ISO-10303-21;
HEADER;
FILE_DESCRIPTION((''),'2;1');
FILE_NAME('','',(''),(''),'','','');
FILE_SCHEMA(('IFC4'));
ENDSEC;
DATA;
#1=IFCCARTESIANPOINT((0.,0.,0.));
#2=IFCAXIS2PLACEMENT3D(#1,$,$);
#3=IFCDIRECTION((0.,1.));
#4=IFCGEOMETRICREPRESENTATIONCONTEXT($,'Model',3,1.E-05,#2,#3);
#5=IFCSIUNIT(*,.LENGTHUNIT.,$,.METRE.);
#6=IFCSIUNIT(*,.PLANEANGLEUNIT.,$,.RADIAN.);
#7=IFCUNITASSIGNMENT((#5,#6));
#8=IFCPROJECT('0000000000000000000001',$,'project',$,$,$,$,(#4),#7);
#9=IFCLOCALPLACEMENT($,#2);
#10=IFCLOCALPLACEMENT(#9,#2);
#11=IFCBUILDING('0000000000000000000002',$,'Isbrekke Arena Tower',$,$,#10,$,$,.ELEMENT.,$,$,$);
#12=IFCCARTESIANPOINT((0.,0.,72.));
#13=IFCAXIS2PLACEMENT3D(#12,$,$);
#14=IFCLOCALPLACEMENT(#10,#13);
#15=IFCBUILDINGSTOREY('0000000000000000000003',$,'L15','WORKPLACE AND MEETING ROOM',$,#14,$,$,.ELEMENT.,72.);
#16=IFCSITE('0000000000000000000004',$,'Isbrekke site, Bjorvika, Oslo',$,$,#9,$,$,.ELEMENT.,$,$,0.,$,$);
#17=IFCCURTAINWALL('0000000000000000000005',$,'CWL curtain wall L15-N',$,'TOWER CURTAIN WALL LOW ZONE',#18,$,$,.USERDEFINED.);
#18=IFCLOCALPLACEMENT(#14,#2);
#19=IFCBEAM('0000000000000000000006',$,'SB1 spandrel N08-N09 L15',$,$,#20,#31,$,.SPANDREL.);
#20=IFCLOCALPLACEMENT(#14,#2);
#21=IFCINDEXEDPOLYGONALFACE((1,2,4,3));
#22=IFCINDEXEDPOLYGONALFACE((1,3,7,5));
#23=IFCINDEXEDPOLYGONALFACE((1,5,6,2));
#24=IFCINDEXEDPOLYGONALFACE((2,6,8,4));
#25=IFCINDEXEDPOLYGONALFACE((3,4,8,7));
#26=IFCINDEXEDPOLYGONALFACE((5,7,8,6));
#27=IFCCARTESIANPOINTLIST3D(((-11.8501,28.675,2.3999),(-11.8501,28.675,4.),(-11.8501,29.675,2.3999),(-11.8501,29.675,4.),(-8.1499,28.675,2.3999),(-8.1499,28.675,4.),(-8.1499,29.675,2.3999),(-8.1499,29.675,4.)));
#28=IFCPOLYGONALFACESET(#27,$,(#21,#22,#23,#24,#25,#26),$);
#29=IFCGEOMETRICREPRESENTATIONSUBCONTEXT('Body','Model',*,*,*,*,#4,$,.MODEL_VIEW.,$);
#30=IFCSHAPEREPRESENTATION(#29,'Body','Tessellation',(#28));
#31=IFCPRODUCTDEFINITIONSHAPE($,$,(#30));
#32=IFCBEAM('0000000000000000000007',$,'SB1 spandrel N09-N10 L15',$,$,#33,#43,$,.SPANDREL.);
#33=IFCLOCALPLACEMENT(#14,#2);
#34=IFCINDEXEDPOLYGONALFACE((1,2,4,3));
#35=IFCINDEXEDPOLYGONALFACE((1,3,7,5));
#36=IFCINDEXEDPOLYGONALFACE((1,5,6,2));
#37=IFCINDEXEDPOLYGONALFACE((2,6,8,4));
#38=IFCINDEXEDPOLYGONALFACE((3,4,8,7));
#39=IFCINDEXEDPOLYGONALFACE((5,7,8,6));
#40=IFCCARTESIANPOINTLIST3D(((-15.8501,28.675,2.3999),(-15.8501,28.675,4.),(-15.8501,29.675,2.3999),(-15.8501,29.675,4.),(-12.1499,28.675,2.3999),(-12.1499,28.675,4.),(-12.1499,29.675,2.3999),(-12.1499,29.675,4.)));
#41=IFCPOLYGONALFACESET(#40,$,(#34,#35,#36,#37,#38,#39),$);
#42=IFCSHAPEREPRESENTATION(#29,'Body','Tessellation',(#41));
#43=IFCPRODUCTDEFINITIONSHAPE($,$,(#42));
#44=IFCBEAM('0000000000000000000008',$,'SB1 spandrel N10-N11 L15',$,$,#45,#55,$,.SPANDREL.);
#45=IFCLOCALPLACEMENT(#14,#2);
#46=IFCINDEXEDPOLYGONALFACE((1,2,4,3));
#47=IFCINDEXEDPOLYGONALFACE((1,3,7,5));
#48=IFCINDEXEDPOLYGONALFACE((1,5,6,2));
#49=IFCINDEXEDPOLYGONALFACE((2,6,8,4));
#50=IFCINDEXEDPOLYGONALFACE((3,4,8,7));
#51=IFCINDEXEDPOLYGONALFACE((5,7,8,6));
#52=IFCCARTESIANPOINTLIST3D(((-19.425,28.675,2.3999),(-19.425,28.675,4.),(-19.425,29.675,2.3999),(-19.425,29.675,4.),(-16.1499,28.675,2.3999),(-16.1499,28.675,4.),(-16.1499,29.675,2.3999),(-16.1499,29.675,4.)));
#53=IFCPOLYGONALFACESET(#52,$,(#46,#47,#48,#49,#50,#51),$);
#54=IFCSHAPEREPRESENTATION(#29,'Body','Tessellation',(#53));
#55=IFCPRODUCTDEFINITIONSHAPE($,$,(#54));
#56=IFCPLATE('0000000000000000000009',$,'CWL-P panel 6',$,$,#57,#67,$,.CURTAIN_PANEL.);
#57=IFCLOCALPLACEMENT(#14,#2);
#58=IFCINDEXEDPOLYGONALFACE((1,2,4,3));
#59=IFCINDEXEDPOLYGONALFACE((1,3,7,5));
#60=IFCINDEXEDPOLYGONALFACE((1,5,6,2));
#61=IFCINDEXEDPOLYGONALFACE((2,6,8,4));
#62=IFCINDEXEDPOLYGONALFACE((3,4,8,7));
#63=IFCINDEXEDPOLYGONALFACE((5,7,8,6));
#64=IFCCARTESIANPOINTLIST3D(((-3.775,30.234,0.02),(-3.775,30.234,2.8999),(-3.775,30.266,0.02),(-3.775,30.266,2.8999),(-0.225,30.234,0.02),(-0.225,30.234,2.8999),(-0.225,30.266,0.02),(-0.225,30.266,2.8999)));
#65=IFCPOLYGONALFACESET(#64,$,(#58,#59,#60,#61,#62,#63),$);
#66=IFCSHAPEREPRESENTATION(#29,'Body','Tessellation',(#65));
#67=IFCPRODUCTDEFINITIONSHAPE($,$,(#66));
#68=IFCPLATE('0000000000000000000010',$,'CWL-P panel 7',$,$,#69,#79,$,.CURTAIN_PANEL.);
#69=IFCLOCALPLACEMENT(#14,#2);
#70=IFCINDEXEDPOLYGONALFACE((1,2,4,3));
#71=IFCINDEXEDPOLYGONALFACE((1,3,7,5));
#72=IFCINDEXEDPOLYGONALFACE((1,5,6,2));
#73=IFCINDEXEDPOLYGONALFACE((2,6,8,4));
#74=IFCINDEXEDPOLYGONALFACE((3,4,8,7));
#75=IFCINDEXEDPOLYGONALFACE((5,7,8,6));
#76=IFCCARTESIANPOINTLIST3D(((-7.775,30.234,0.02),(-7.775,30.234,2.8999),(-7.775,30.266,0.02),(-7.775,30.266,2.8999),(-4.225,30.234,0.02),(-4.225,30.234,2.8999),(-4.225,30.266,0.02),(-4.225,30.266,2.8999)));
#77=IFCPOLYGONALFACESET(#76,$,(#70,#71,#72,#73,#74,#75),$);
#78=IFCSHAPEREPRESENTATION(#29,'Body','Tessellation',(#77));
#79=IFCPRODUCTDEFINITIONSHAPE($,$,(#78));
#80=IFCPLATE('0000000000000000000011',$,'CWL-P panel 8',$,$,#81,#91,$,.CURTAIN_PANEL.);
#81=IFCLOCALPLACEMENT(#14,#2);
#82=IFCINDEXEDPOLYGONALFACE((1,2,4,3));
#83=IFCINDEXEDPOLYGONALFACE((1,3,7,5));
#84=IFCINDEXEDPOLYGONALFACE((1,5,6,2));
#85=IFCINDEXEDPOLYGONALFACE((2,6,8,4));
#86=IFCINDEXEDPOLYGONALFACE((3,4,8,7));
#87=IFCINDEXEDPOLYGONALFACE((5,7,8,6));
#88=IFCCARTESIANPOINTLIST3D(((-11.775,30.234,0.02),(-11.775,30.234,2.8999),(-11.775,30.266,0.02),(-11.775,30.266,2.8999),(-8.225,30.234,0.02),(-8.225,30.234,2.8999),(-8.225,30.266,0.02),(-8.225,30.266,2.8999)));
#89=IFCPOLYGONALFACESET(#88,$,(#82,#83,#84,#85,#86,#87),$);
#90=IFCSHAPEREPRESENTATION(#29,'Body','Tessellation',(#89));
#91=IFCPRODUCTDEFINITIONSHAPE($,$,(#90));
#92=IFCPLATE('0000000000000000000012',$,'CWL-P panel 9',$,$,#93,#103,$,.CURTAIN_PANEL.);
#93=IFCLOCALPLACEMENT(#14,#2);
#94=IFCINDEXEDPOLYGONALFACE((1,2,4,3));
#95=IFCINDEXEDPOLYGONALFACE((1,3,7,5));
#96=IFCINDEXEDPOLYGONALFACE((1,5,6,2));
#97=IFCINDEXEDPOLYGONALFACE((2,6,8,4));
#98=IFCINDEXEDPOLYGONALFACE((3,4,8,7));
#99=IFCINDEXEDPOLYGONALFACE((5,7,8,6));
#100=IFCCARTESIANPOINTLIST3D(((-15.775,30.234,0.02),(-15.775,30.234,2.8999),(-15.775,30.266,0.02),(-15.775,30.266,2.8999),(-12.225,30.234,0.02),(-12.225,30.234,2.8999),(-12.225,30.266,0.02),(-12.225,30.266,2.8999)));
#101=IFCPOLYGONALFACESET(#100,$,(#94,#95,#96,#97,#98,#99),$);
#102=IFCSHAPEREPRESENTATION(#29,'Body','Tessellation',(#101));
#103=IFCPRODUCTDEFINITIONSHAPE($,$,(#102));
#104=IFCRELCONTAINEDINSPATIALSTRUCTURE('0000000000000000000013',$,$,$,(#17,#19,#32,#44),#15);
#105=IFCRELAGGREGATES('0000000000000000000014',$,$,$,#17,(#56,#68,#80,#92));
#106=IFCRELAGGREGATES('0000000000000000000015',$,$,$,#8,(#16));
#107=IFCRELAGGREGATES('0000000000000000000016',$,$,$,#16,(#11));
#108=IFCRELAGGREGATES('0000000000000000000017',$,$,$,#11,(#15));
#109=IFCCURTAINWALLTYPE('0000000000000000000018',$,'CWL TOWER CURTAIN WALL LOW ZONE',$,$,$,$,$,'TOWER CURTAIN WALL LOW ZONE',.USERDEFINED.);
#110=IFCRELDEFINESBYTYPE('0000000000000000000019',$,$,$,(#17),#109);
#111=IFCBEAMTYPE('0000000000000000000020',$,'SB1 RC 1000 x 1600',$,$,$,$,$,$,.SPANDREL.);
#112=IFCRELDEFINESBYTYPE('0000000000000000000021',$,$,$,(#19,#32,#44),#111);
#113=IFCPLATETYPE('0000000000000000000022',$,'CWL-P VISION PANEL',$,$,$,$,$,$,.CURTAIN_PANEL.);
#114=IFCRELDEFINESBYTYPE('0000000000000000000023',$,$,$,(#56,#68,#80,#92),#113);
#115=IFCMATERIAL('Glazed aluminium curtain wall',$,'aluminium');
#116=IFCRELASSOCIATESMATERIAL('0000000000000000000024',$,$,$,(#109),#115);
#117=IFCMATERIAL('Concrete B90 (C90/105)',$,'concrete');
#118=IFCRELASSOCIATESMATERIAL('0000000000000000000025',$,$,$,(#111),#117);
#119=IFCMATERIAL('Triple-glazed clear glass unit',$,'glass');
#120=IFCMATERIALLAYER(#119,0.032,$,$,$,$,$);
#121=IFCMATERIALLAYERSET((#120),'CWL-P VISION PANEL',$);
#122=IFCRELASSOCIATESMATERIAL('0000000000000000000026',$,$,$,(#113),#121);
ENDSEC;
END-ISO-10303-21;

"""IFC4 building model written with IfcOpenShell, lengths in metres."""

from ifc_helpers import new_model, si_unit, direction, frame, origin, origin_2d, place, context, subcontext, project, spatial, rectangle, extrude, material, layer, layer_set, material_profile, profile_set, type_object, element, aggregate, save


model = new_model("IFC4")

# Units and contexts
model_context = context("Model", 3, precision=1e-05, world=origin(), true_north=direction((0.0, 1.0)))
body_context = subcontext(model_context, "Body", "Model", "MODEL_VIEW")
ifc_project = project(units=[si_unit("LENGTHUNIT", "METRE"), si_unit("PLANEANGLEUNIT", "RADIAN")], contexts=[model_context])

# Site, building, storey
site_placement = place(None, origin())
site = spatial("IfcSite", under=ifc_project, at=site_placement, Name="Isbrekke site, Bjorvika, Oslo", CompositionType="ELEMENT", RefElevation=0.0)
building_placement = place(site_placement, origin())
building = spatial("IfcBuilding", under=site, at=building_placement, Name="Isbrekke Arena Tower", CompositionType="ELEMENT")
storey_placement = place(building_placement, frame((0.0, 0.0, 72.0)))
storey = spatial("IfcBuildingStorey", under=building, at=storey_placement, Name="L15", Description="WORKPLACE AND MEETING ROOM", CompositionType="ELEMENT", Elevation=72.0)

# Curtain wall
ifc_material_1 = material(Name="Glazed aluminium curtain wall", Category="aluminium")
curtain_wall_type = type_object("IfcCurtainWallType", Name="CWL TOWER CURTAIN WALL LOW ZONE", ElementType="TOWER CURTAIN WALL LOW ZONE", PredefinedType="USERDEFINED", material=ifc_material_1)
curtain_wall_placement = place(storey_placement, origin())
curtain_wall = element("IfcCurtainWall", 1, at=curtain_wall_placement, inside=storey, type_object=curtain_wall_type, Name="CWL curtain wall L15-N", ObjectType="TOWER CURTAIN WALL LOW ZONE", PredefinedType="USERDEFINED")

# Beams
ifc_material_2 = material(Name="Concrete B90 (C90/105)", Category="concrete")
ifc_material_profile_1 = material_profile(ifc_material_2, rectangle(XDim=1.0, YDim=1.6001, at=origin_2d()), Name="RC 1000x1600")
ifc_profile_set_1 = profile_set([ifc_material_profile_1], Name="Concrete B90 (C90/105)")
beam_type_1 = type_object("IfcBeamType", Name="SB1 RC 1000 x 1600", PredefinedType="SPANDREL", material=ifc_profile_set_1)
for number, where, z_axis, x_axis, name in (
    (2, (-8.1499, 29.175, 3.2), (-1.0, 0.0, 0.0), (0.0, -1.0, 0.0), "SB1 spandrel N08-N09 L15"),
    (3, (-12.1499, 29.175, 3.2), (-1.0, 0.0, 0.0), (0.0, -1.0, 0.0), "SB1 spandrel N09-N10 L15"),
):
    element("IfcBeam", number, at=place(storey_placement, frame(where, z_axis=z_axis, x_axis=x_axis)), inside=storey, type_object=beam_type_1, Name=name, PredefinedType="SPANDREL", context=body_context, shape_type="SweptSolid", body=[
        extrude(rectangle(XDim=1.0, YDim=1.6001, at=origin_2d()), origin(), (0.0, 0.0, 1.0), 3.7002),
    ])
beam_1_placement = place(storey_placement, frame((-16.1499, 29.175, 3.2), z_axis=(-1.0, 0.0, 0.0), x_axis=(0.0, -1.0, 0.0)))
element("IfcBeam", 4, at=beam_1_placement, inside=storey, type_object=beam_type_1, Name="SB1 spandrel N10-N11 L15", PredefinedType="SPANDREL", context=body_context, shape_type="SweptSolid", body=[
    extrude(rectangle(XDim=1.0, YDim=1.6001, at=origin_2d()), origin(), (0.0, 0.0, 1.0), 3.2751),
])

# Plates
ifc_material_3 = material(Name="Triple-glazed clear glass unit", Category="glass")
ifc_layer = layer(ifc_material_3, 0.032)
ifc_layer_set = layer_set([ifc_layer], Name="CWL-P VISION PANEL")
plate_type = type_object("IfcPlateType", Name="CWL-P VISION PANEL", PredefinedType="CURTAIN_PANEL", material=ifc_layer_set)
plate_1_placement = place(storey_placement, frame((-2.0, 30.25, 0.02), z_axis=(0.0, 0.0, 1.0), x_axis=(-1.0, 0.0, 0.0)))
plate_1 = element("IfcPlate", 5, at=plate_1_placement, type_object=plate_type, Name="CWL-P panel 6", PredefinedType="CURTAIN_PANEL", context=body_context, shape_type="SweptSolid", body=[
    extrude(rectangle(XDim=3.55, YDim=0.032, at=origin_2d()), origin(), (0.0, 0.0, 1.0), 2.8799),
])
plate_2_placement = place(storey_placement, frame((-6.0, 30.25, 0.02), z_axis=(0.0, 0.0, 1.0), x_axis=(-1.0, 0.0, 0.0)))
plate_2 = element("IfcPlate", 6, at=plate_2_placement, type_object=plate_type, Name="CWL-P panel 7", PredefinedType="CURTAIN_PANEL", context=body_context, shape_type="SweptSolid", body=[
    extrude(rectangle(XDim=3.55, YDim=0.032, at=origin_2d()), origin(), (0.0, 0.0, 1.0), 2.8799),
])
plate_3_placement = place(storey_placement, frame((-10.0, 30.25, 0.02), z_axis=(0.0, 0.0, 1.0), x_axis=(-1.0, 0.0, 0.0)))
plate_3 = element("IfcPlate", 7, at=plate_3_placement, type_object=plate_type, Name="CWL-P panel 8", PredefinedType="CURTAIN_PANEL", context=body_context, shape_type="SweptSolid", body=[
    extrude(rectangle(XDim=3.55, YDim=0.032, at=origin_2d()), origin(), (0.0, 0.0, 1.0), 2.8799),
])
plate_4_placement = place(storey_placement, frame((-14.0, 30.25, 0.02), z_axis=(0.0, 0.0, 1.0), x_axis=(-1.0, 0.0, 0.0)))
plate_4 = element("IfcPlate", 8, at=plate_4_placement, type_object=plate_type, Name="CWL-P panel 9", PredefinedType="CURTAIN_PANEL", context=body_context, shape_type="SweptSolid", body=[
    extrude(rectangle(XDim=3.55, YDim=0.032, at=origin_2d()), origin(), (0.0, 0.0, 1.0), 2.8799),
])
aggregate(curtain_wall, [plate_1, plate_2, plate_3, plate_4])

save(model, "model.ifc")
